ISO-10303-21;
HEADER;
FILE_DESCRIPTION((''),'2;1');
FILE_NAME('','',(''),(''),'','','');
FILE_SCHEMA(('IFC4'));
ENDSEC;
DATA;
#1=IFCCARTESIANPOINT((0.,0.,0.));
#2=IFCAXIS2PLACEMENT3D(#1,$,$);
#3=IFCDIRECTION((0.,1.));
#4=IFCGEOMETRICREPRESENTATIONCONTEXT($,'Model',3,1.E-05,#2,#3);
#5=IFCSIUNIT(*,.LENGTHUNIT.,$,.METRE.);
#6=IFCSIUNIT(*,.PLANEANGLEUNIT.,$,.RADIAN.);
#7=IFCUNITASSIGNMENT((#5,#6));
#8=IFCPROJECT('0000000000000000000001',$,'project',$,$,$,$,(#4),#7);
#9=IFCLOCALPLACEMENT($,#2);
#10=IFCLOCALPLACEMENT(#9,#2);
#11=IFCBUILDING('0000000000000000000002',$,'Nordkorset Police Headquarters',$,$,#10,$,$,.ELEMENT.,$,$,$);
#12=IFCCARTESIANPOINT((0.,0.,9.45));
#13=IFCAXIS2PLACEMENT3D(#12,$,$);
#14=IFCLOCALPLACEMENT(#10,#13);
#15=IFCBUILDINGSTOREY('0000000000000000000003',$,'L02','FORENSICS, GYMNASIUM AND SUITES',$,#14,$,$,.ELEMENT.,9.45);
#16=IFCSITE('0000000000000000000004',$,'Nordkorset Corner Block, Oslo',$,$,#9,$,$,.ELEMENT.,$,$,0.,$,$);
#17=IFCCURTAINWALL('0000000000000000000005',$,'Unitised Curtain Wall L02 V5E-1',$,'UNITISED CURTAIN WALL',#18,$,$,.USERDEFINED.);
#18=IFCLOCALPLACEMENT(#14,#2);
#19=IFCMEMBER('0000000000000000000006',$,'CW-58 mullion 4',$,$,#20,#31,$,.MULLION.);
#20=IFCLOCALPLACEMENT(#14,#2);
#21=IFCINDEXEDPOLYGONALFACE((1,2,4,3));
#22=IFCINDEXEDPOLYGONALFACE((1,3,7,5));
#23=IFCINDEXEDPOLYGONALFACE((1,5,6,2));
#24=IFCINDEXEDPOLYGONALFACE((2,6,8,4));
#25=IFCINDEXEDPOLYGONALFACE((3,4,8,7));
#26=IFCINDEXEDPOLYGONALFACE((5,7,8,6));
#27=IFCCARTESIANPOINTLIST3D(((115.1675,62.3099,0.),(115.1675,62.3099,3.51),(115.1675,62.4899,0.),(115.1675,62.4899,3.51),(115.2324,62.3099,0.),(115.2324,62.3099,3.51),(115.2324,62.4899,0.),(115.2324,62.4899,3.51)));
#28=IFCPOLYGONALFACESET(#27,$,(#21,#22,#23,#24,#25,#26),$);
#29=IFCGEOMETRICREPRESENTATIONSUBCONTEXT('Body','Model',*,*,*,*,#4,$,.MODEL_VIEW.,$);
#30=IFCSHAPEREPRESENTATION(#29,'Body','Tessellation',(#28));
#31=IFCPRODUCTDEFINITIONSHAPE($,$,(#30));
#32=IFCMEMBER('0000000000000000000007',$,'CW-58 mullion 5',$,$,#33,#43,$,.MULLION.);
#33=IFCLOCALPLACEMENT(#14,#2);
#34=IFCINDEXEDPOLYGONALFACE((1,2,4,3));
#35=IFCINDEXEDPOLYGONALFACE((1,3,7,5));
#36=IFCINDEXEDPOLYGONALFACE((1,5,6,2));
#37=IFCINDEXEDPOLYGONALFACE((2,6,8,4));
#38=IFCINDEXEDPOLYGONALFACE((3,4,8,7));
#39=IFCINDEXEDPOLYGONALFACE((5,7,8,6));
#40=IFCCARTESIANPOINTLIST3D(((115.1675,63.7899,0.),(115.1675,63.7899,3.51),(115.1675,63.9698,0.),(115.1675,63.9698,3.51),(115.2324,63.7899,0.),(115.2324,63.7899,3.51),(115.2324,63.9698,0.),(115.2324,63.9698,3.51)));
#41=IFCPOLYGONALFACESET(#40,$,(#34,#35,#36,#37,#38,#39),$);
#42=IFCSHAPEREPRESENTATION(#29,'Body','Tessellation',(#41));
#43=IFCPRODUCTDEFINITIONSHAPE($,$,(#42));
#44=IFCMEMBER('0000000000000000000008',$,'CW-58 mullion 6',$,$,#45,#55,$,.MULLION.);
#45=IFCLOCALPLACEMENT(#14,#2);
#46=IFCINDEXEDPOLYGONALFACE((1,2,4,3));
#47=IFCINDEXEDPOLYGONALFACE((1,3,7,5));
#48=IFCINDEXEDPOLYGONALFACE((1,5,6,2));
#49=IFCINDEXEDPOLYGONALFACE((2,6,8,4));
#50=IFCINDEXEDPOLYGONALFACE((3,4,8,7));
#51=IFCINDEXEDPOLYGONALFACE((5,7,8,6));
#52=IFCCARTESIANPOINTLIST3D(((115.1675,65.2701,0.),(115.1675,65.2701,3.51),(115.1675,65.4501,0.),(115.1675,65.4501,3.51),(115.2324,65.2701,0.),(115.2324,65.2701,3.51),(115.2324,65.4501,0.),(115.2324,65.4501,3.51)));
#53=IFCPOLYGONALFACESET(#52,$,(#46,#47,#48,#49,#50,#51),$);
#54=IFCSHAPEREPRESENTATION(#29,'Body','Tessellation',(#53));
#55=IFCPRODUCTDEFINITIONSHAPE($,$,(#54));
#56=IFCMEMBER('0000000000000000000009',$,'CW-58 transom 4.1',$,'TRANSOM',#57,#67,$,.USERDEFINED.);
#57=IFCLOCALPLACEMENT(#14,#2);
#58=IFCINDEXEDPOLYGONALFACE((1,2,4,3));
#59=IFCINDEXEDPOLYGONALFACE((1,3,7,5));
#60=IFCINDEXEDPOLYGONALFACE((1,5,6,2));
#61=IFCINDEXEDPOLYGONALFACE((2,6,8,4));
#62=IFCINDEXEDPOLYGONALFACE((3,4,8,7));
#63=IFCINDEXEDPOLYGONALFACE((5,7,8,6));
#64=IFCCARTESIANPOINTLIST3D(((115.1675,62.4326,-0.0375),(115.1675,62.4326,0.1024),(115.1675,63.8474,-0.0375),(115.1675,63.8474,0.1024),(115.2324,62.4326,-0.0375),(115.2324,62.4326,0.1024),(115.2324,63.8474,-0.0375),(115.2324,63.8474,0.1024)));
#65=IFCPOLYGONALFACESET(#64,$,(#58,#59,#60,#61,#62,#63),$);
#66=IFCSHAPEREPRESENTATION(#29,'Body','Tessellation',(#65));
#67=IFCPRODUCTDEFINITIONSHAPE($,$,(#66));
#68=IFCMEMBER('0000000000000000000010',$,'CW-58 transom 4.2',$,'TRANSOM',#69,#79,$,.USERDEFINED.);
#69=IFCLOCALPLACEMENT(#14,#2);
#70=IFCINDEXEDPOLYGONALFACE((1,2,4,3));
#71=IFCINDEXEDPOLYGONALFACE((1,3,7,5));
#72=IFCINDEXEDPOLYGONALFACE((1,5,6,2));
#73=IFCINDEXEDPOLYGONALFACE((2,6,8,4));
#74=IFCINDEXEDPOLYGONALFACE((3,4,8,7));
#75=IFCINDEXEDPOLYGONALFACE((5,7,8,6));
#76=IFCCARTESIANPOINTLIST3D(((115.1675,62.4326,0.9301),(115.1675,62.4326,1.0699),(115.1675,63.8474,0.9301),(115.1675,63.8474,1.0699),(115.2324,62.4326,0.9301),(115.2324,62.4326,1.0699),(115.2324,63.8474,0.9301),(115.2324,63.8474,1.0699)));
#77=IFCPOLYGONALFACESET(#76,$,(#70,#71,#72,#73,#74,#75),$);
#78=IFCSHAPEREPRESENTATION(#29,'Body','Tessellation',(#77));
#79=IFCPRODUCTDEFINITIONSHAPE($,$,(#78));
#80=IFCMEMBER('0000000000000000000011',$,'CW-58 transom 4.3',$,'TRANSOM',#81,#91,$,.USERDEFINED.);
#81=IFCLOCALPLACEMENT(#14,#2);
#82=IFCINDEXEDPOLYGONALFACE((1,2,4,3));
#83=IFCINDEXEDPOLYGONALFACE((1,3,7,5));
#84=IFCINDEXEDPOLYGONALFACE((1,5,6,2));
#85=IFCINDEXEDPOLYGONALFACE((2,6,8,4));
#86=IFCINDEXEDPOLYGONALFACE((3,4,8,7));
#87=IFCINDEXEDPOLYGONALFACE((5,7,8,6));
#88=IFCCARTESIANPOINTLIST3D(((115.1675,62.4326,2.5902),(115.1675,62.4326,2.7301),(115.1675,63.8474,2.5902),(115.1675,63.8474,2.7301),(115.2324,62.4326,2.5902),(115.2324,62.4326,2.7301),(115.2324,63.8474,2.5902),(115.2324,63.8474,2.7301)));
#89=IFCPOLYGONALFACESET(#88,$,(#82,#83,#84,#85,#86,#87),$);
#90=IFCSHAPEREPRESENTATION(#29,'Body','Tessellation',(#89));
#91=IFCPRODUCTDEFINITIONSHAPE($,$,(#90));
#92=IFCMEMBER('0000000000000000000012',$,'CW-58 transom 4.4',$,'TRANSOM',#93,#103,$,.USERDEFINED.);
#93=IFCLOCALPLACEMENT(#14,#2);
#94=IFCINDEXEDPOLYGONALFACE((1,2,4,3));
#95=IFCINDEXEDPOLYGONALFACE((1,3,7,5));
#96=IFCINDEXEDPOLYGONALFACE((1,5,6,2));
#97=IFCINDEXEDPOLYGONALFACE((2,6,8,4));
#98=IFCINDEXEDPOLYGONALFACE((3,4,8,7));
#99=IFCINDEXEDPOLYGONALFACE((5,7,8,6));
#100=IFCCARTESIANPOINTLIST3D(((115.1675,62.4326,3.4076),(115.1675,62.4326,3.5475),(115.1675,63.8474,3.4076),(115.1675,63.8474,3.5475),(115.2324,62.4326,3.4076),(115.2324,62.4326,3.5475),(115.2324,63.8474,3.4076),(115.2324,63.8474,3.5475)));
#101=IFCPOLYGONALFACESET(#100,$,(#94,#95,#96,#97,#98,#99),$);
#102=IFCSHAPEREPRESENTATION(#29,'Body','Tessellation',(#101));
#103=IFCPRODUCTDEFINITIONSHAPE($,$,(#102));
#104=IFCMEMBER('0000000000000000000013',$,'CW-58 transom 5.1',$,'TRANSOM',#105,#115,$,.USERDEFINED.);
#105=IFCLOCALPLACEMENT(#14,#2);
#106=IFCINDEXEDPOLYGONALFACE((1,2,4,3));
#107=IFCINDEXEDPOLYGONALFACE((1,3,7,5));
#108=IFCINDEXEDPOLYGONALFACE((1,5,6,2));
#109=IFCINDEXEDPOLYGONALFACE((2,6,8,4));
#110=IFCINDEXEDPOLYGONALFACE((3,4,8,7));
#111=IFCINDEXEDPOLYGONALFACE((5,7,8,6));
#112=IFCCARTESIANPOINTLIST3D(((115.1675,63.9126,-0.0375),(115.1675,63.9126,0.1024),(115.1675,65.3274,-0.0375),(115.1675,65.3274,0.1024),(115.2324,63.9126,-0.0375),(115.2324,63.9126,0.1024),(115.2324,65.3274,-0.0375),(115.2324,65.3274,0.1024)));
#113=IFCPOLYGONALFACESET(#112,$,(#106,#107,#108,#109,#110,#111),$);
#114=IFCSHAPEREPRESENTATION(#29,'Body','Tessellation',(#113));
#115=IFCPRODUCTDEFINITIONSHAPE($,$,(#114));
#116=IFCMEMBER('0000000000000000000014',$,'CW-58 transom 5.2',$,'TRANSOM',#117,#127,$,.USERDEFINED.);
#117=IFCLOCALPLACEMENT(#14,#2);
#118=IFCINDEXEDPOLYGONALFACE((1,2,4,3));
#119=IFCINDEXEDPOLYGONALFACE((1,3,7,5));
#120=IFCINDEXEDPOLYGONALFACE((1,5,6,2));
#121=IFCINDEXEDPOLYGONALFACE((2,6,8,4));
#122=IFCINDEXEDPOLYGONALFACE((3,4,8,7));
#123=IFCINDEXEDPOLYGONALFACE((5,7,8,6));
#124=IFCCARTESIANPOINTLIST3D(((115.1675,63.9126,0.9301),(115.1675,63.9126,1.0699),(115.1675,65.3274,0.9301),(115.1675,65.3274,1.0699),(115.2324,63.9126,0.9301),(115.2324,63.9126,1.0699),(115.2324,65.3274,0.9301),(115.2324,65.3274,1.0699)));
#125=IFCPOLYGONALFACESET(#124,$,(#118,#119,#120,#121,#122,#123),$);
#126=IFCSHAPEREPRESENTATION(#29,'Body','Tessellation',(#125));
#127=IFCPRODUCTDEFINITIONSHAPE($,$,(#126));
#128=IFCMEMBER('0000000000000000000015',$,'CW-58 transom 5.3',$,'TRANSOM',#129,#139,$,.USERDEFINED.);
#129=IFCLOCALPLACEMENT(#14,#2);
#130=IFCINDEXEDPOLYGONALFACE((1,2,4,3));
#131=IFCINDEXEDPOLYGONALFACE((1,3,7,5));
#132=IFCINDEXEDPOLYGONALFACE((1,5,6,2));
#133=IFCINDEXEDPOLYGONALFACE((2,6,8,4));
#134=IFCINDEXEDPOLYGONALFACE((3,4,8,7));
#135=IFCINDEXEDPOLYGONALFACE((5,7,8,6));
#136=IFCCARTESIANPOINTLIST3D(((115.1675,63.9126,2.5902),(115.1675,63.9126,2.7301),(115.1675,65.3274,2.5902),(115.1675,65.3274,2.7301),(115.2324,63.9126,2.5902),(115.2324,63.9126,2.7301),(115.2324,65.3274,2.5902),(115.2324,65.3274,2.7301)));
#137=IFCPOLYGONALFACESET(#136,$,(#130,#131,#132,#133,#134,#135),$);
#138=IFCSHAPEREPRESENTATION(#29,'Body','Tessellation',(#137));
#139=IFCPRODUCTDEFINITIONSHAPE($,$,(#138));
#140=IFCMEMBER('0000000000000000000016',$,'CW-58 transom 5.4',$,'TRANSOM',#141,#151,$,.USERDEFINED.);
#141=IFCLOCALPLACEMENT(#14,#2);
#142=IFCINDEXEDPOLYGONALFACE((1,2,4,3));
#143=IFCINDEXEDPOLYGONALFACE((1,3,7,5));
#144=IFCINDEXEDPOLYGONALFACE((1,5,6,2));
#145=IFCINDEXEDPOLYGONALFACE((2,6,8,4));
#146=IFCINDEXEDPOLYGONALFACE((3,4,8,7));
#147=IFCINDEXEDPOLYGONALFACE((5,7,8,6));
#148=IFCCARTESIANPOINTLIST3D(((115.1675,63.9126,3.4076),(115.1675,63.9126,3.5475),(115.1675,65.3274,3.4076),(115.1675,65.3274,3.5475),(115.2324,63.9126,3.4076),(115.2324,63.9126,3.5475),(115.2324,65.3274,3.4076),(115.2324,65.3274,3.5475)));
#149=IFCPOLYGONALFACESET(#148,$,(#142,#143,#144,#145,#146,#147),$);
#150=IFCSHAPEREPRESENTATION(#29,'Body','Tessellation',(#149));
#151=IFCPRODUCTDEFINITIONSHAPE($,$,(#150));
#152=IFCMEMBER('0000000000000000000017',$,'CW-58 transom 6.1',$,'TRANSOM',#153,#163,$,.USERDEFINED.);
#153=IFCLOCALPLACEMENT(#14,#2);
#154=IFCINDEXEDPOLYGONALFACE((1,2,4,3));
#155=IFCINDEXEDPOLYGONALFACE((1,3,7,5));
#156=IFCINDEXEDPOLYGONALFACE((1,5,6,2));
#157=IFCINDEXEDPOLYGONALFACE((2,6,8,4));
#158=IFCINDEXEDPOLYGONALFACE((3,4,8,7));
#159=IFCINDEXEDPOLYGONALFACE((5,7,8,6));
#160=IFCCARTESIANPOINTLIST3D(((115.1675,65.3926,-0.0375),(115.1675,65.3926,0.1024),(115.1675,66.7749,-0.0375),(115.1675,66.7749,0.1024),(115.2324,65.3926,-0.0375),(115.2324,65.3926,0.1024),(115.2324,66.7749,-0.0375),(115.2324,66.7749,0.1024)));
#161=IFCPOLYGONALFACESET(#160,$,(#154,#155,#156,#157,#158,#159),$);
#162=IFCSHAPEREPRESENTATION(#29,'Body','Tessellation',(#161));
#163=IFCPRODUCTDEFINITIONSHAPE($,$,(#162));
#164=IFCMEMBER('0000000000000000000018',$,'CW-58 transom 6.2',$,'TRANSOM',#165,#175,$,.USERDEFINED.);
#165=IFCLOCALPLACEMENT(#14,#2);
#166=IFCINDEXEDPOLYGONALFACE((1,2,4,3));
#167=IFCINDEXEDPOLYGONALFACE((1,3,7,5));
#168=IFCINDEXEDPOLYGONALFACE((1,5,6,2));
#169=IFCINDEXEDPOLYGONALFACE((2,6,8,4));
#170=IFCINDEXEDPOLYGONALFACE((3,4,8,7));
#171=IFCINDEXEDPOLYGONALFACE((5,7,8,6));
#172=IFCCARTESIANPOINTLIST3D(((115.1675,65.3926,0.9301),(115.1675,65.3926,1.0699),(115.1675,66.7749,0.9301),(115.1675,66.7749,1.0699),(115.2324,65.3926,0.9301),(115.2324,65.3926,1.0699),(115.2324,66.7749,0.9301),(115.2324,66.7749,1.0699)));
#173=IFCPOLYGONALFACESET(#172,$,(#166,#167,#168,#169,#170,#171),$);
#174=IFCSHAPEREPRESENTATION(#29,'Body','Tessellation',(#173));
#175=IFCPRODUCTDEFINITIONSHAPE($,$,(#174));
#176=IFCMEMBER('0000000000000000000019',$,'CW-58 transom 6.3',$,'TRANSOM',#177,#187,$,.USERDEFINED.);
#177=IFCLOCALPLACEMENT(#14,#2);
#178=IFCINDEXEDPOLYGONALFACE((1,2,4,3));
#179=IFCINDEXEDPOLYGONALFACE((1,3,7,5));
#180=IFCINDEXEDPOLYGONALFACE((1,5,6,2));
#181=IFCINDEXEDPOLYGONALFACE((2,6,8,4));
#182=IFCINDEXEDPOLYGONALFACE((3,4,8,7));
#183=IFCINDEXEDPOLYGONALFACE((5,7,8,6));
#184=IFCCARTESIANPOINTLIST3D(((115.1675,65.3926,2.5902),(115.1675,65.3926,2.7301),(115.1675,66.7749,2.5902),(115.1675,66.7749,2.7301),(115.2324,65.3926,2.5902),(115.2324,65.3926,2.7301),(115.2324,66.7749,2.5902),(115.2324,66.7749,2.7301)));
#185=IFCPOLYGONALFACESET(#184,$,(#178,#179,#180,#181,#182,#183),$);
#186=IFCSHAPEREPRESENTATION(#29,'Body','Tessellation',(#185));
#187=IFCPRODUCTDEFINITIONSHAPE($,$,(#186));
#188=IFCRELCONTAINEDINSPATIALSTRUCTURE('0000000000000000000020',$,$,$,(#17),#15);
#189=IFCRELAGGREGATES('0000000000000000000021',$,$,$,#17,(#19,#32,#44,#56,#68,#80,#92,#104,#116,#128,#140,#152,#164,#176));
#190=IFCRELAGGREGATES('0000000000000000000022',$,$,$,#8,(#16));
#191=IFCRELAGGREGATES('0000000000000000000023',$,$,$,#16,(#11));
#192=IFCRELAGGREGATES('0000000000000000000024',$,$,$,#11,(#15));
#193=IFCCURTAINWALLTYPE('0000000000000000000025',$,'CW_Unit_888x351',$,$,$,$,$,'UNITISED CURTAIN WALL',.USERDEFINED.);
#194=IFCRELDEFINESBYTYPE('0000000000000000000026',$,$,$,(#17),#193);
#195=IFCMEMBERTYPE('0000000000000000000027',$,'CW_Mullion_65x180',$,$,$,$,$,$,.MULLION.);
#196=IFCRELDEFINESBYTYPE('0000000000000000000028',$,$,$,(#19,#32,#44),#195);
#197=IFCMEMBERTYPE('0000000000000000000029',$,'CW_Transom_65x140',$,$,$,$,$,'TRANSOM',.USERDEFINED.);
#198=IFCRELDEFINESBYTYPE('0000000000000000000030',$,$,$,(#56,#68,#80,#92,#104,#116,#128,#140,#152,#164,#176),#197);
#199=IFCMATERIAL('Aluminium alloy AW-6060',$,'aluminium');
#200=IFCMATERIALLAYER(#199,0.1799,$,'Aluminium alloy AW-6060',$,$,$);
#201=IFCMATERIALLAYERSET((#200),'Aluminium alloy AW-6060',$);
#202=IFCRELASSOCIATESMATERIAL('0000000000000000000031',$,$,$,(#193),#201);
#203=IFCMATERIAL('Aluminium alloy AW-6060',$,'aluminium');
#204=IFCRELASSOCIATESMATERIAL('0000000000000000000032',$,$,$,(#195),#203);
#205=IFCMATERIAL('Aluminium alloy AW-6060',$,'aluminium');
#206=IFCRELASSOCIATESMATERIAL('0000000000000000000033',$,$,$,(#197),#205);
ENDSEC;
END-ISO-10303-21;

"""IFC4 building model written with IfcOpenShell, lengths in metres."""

from ifc_helpers import new_model, si_unit, direction, frame, origin, origin_2d, place, context, subcontext, project, spatial, rectangle, extrude, material, layer, layer_set, material_profile, profile_set, type_object, element, aggregate, save


model = new_model("IFC4")

# Units and contexts
model_context = context("Model", 3, precision=1e-05, world=origin(), true_north=direction((0.0, 1.0)))
body_context = subcontext(model_context, "Body", "Model", "MODEL_VIEW")
ifc_project = project(units=[si_unit("LENGTHUNIT", "METRE"), si_unit("PLANEANGLEUNIT", "RADIAN")], contexts=[model_context])

# Site, building, storey
site_placement = place(None, origin())
site = spatial("IfcSite", under=ifc_project, at=site_placement, Name="Nordkorset Corner Block, Oslo", CompositionType="ELEMENT", RefElevation=0.0)
building_placement = place(site_placement, origin())
building = spatial("IfcBuilding", under=site, at=building_placement, Name="Nordkorset Police Headquarters", CompositionType="ELEMENT")
storey_placement = place(building_placement, frame((0.0, 0.0, 9.45)))
storey = spatial("IfcBuildingStorey", under=building, at=storey_placement, Name="L02", Description="FORENSICS, GYMNASIUM AND SUITES", CompositionType="ELEMENT", Elevation=9.45)

# Curtain wall, members
ifc_material_1 = material(Name="Aluminium alloy AW-6060", Category="aluminium")
ifc_layer_1 = layer(ifc_material_1, 0.1799, Name="Aluminium alloy AW-6060")
ifc_layer_set_1 = layer_set([ifc_layer_1], Name="Aluminium alloy AW-6060")
curtain_wall_type = type_object("IfcCurtainWallType", Name="CW_Unit_888x351", ElementType="UNITISED CURTAIN WALL", PredefinedType="USERDEFINED", material=ifc_layer_set_1)
curtain_wall_placement = place(storey_placement, origin())
curtain_wall = element("IfcCurtainWall", 1, at=curtain_wall_placement, inside=storey, type_object=curtain_wall_type, Name="Unitised Curtain Wall L02 V5E-1", ObjectType="UNITISED CURTAIN WALL", PredefinedType="USERDEFINED")
ifc_material_2 = material(Name="Aluminium alloy AW-6060", Category="aluminium")
ifc_material_profile_1 = material_profile(ifc_material_2, rectangle(XDim=0.0649, YDim=0.1799, at=origin_2d()), Name="ALU MULL 65x180")
ifc_profile_set_1 = profile_set([ifc_material_profile_1], Name="Aluminium alloy AW-6060")
member_type_1 = type_object("IfcMemberType", Name="CW_Mullion_65x180", PredefinedType="MULLION", material=ifc_profile_set_1)
member_1_placement = place(storey_placement, frame((115.2, 62.3999, 0.0), z_axis=(0.0, 0.0, 1.0), x_axis=(-1.0, 0.0, 0.0)))
member_1 = element("IfcMember", 2, at=member_1_placement, type_object=member_type_1, Name="CW-58 mullion 4", PredefinedType="MULLION", context=body_context, shape_type="SweptSolid", body=[
    extrude(rectangle(XDim=0.0649, YDim=0.1799, at=origin_2d()), origin(), (0.0, 0.0, 1.0), 3.51),
])
member_2_placement = place(storey_placement, frame((115.2, 63.8799, 0.0), z_axis=(0.0, 0.0, 1.0), x_axis=(-1.0, 0.0, 0.0)))
member_2 = element("IfcMember", 3, at=member_2_placement, type_object=member_type_1, Name="CW-58 mullion 5", PredefinedType="MULLION", context=body_context, shape_type="SweptSolid", body=[
    extrude(rectangle(XDim=0.0649, YDim=0.1799, at=origin_2d()), origin(), (0.0, 0.0, 1.0), 3.51),
])
member_3_placement = place(storey_placement, frame((115.2, 65.3601, 0.0), z_axis=(0.0, 0.0, 1.0), x_axis=(-1.0, 0.0, 0.0)))
member_3 = element("IfcMember", 4, at=member_3_placement, type_object=member_type_1, Name="CW-58 mullion 6", PredefinedType="MULLION", context=body_context, shape_type="SweptSolid", body=[
    extrude(rectangle(XDim=0.0649, YDim=0.1799, at=origin_2d()), origin(), (0.0, 0.0, 1.0), 3.51),
])
ifc_material_3 = material(Name="Aluminium alloy AW-6060", Category="aluminium")
ifc_material_profile_2 = material_profile(ifc_material_3, rectangle(XDim=0.0649, YDim=0.1399, at=origin_2d()), Name="ALU TRAN 65x140")
ifc_profile_set_2 = profile_set([ifc_material_profile_2], Name="Aluminium alloy AW-6060")
member_type_2 = type_object("IfcMemberType", Name="CW_Transom_65x140", ElementType="TRANSOM", PredefinedType="USERDEFINED", material=ifc_profile_set_2)
member_4_placement = place(storey_placement, frame((115.2, 62.4326, 0.0325), z_axis=(0.0, 1.0, 0.0), x_axis=(-1.0, 0.0, 0.0)))
member_4 = element("IfcMember", 5, at=member_4_placement, type_object=member_type_2, Name="CW-58 transom 4.1", ObjectType="TRANSOM", PredefinedType="USERDEFINED", context=body_context, shape_type="SweptSolid", body=[
    extrude(rectangle(XDim=0.0649, YDim=0.1399, at=origin_2d()), origin(), (0.0, 0.0, 1.0), 1.4148),
])
member_5_placement = place(storey_placement, frame((115.2, 62.4326, 1.0), z_axis=(0.0, 1.0, 0.0), x_axis=(-1.0, 0.0, 0.0)))
member_5 = element("IfcMember", 6, at=member_5_placement, type_object=member_type_2, Name="CW-58 transom 4.2", ObjectType="TRANSOM", PredefinedType="USERDEFINED", context=body_context, shape_type="SweptSolid", body=[
    extrude(rectangle(XDim=0.0649, YDim=0.1399, at=origin_2d()), origin(), (0.0, 0.0, 1.0), 1.4148),
])
member_6_placement = place(storey_placement, frame((115.2, 62.4326, 2.6602), z_axis=(0.0, 1.0, 0.0), x_axis=(-1.0, 0.0, 0.0)))
member_6 = element("IfcMember", 7, at=member_6_placement, type_object=member_type_2, Name="CW-58 transom 4.3", ObjectType="TRANSOM", PredefinedType="USERDEFINED", context=body_context, shape_type="SweptSolid", body=[
    extrude(rectangle(XDim=0.0649, YDim=0.1399, at=origin_2d()), origin(), (0.0, 0.0, 1.0), 1.4148),
])
member_7_placement = place(storey_placement, frame((115.2, 62.4326, 3.4775), z_axis=(0.0, 1.0, 0.0), x_axis=(-1.0, 0.0, 0.0)))
member_7 = element("IfcMember", 8, at=member_7_placement, type_object=member_type_2, Name="CW-58 transom 4.4", ObjectType="TRANSOM", PredefinedType="USERDEFINED", context=body_context, shape_type="SweptSolid", body=[
    extrude(rectangle(XDim=0.0649, YDim=0.1399, at=origin_2d()), origin(), (0.0, 0.0, 1.0), 1.4148),
])
member_8_placement = place(storey_placement, frame((115.2, 63.9126, 0.0325), z_axis=(0.0, 1.0, 0.0), x_axis=(-1.0, 0.0, 0.0)))
member_8 = element("IfcMember", 9, at=member_8_placement, type_object=member_type_2, Name="CW-58 transom 5.1", ObjectType="TRANSOM", PredefinedType="USERDEFINED", context=body_context, shape_type="SweptSolid", body=[
    extrude(rectangle(XDim=0.0649, YDim=0.1399, at=origin_2d()), origin(), (0.0, 0.0, 1.0), 1.4148),
])
member_9_placement = place(storey_placement, frame((115.2, 63.9126, 1.0), z_axis=(0.0, 1.0, 0.0), x_axis=(-1.0, 0.0, 0.0)))
member_9 = element("IfcMember", 10, at=member_9_placement, type_object=member_type_2, Name="CW-58 transom 5.2", ObjectType="TRANSOM", PredefinedType="USERDEFINED", context=body_context, shape_type="SweptSolid", body=[
    extrude(rectangle(XDim=0.0649, YDim=0.1399, at=origin_2d()), origin(), (0.0, 0.0, 1.0), 1.4148),
])
member_10_placement = place(storey_placement, frame((115.2, 63.9126, 2.6602), z_axis=(0.0, 1.0, 0.0), x_axis=(-1.0, 0.0, 0.0)))
member_10 = element("IfcMember", 11, at=member_10_placement, type_object=member_type_2, Name="CW-58 transom 5.3", ObjectType="TRANSOM", PredefinedType="USERDEFINED", context=body_context, shape_type="SweptSolid", body=[
    extrude(rectangle(XDim=0.0649, YDim=0.1399, at=origin_2d()), origin(), (0.0, 0.0, 1.0), 1.4148),
])
member_11_placement = place(storey_placement, frame((115.2, 63.9126, 3.4775), z_axis=(0.0, 1.0, 0.0), x_axis=(-1.0, 0.0, 0.0)))
member_11 = element("IfcMember", 12, at=member_11_placement, type_object=member_type_2, Name="CW-58 transom 5.4", ObjectType="TRANSOM", PredefinedType="USERDEFINED", context=body_context, shape_type="SweptSolid", body=[
    extrude(rectangle(XDim=0.0649, YDim=0.1399, at=origin_2d()), origin(), (0.0, 0.0, 1.0), 1.4148),
])
member_12_placement = place(storey_placement, frame((115.2, 65.3926, 0.0325), z_axis=(0.0, 1.0, 0.0), x_axis=(-1.0, 0.0, 0.0)))
member_12 = element("IfcMember", 13, at=member_12_placement, type_object=member_type_2, Name="CW-58 transom 6.1", ObjectType="TRANSOM", PredefinedType="USERDEFINED", context=body_context, shape_type="SweptSolid", body=[
    extrude(rectangle(XDim=0.0649, YDim=0.1399, at=origin_2d()), origin(), (0.0, 0.0, 1.0), 1.3823),
])
member_13_placement = place(storey_placement, frame((115.2, 65.3926, 1.0), z_axis=(0.0, 1.0, 0.0), x_axis=(-1.0, 0.0, 0.0)))
member_13 = element("IfcMember", 14, at=member_13_placement, type_object=member_type_2, Name="CW-58 transom 6.2", ObjectType="TRANSOM", PredefinedType="USERDEFINED", context=body_context, shape_type="SweptSolid", body=[
    extrude(rectangle(XDim=0.0649, YDim=0.1399, at=origin_2d()), origin(), (0.0, 0.0, 1.0), 1.3823),
])
member_14_placement = place(storey_placement, frame((115.2, 65.3926, 2.6602), z_axis=(0.0, 1.0, 0.0), x_axis=(-1.0, 0.0, 0.0)))
member_14 = element("IfcMember", 15, at=member_14_placement, type_object=member_type_2, Name="CW-58 transom 6.3", ObjectType="TRANSOM", PredefinedType="USERDEFINED", context=body_context, shape_type="SweptSolid", body=[
    extrude(rectangle(XDim=0.0649, YDim=0.1399, at=origin_2d()), origin(), (0.0, 0.0, 1.0), 1.3823),
])
aggregate(curtain_wall, [member_1, member_2, member_3, member_4, member_5, member_6, member_7, member_8, member_9, member_10, member_11, member_12, member_13, member_14])

save(model, "model.ifc")
